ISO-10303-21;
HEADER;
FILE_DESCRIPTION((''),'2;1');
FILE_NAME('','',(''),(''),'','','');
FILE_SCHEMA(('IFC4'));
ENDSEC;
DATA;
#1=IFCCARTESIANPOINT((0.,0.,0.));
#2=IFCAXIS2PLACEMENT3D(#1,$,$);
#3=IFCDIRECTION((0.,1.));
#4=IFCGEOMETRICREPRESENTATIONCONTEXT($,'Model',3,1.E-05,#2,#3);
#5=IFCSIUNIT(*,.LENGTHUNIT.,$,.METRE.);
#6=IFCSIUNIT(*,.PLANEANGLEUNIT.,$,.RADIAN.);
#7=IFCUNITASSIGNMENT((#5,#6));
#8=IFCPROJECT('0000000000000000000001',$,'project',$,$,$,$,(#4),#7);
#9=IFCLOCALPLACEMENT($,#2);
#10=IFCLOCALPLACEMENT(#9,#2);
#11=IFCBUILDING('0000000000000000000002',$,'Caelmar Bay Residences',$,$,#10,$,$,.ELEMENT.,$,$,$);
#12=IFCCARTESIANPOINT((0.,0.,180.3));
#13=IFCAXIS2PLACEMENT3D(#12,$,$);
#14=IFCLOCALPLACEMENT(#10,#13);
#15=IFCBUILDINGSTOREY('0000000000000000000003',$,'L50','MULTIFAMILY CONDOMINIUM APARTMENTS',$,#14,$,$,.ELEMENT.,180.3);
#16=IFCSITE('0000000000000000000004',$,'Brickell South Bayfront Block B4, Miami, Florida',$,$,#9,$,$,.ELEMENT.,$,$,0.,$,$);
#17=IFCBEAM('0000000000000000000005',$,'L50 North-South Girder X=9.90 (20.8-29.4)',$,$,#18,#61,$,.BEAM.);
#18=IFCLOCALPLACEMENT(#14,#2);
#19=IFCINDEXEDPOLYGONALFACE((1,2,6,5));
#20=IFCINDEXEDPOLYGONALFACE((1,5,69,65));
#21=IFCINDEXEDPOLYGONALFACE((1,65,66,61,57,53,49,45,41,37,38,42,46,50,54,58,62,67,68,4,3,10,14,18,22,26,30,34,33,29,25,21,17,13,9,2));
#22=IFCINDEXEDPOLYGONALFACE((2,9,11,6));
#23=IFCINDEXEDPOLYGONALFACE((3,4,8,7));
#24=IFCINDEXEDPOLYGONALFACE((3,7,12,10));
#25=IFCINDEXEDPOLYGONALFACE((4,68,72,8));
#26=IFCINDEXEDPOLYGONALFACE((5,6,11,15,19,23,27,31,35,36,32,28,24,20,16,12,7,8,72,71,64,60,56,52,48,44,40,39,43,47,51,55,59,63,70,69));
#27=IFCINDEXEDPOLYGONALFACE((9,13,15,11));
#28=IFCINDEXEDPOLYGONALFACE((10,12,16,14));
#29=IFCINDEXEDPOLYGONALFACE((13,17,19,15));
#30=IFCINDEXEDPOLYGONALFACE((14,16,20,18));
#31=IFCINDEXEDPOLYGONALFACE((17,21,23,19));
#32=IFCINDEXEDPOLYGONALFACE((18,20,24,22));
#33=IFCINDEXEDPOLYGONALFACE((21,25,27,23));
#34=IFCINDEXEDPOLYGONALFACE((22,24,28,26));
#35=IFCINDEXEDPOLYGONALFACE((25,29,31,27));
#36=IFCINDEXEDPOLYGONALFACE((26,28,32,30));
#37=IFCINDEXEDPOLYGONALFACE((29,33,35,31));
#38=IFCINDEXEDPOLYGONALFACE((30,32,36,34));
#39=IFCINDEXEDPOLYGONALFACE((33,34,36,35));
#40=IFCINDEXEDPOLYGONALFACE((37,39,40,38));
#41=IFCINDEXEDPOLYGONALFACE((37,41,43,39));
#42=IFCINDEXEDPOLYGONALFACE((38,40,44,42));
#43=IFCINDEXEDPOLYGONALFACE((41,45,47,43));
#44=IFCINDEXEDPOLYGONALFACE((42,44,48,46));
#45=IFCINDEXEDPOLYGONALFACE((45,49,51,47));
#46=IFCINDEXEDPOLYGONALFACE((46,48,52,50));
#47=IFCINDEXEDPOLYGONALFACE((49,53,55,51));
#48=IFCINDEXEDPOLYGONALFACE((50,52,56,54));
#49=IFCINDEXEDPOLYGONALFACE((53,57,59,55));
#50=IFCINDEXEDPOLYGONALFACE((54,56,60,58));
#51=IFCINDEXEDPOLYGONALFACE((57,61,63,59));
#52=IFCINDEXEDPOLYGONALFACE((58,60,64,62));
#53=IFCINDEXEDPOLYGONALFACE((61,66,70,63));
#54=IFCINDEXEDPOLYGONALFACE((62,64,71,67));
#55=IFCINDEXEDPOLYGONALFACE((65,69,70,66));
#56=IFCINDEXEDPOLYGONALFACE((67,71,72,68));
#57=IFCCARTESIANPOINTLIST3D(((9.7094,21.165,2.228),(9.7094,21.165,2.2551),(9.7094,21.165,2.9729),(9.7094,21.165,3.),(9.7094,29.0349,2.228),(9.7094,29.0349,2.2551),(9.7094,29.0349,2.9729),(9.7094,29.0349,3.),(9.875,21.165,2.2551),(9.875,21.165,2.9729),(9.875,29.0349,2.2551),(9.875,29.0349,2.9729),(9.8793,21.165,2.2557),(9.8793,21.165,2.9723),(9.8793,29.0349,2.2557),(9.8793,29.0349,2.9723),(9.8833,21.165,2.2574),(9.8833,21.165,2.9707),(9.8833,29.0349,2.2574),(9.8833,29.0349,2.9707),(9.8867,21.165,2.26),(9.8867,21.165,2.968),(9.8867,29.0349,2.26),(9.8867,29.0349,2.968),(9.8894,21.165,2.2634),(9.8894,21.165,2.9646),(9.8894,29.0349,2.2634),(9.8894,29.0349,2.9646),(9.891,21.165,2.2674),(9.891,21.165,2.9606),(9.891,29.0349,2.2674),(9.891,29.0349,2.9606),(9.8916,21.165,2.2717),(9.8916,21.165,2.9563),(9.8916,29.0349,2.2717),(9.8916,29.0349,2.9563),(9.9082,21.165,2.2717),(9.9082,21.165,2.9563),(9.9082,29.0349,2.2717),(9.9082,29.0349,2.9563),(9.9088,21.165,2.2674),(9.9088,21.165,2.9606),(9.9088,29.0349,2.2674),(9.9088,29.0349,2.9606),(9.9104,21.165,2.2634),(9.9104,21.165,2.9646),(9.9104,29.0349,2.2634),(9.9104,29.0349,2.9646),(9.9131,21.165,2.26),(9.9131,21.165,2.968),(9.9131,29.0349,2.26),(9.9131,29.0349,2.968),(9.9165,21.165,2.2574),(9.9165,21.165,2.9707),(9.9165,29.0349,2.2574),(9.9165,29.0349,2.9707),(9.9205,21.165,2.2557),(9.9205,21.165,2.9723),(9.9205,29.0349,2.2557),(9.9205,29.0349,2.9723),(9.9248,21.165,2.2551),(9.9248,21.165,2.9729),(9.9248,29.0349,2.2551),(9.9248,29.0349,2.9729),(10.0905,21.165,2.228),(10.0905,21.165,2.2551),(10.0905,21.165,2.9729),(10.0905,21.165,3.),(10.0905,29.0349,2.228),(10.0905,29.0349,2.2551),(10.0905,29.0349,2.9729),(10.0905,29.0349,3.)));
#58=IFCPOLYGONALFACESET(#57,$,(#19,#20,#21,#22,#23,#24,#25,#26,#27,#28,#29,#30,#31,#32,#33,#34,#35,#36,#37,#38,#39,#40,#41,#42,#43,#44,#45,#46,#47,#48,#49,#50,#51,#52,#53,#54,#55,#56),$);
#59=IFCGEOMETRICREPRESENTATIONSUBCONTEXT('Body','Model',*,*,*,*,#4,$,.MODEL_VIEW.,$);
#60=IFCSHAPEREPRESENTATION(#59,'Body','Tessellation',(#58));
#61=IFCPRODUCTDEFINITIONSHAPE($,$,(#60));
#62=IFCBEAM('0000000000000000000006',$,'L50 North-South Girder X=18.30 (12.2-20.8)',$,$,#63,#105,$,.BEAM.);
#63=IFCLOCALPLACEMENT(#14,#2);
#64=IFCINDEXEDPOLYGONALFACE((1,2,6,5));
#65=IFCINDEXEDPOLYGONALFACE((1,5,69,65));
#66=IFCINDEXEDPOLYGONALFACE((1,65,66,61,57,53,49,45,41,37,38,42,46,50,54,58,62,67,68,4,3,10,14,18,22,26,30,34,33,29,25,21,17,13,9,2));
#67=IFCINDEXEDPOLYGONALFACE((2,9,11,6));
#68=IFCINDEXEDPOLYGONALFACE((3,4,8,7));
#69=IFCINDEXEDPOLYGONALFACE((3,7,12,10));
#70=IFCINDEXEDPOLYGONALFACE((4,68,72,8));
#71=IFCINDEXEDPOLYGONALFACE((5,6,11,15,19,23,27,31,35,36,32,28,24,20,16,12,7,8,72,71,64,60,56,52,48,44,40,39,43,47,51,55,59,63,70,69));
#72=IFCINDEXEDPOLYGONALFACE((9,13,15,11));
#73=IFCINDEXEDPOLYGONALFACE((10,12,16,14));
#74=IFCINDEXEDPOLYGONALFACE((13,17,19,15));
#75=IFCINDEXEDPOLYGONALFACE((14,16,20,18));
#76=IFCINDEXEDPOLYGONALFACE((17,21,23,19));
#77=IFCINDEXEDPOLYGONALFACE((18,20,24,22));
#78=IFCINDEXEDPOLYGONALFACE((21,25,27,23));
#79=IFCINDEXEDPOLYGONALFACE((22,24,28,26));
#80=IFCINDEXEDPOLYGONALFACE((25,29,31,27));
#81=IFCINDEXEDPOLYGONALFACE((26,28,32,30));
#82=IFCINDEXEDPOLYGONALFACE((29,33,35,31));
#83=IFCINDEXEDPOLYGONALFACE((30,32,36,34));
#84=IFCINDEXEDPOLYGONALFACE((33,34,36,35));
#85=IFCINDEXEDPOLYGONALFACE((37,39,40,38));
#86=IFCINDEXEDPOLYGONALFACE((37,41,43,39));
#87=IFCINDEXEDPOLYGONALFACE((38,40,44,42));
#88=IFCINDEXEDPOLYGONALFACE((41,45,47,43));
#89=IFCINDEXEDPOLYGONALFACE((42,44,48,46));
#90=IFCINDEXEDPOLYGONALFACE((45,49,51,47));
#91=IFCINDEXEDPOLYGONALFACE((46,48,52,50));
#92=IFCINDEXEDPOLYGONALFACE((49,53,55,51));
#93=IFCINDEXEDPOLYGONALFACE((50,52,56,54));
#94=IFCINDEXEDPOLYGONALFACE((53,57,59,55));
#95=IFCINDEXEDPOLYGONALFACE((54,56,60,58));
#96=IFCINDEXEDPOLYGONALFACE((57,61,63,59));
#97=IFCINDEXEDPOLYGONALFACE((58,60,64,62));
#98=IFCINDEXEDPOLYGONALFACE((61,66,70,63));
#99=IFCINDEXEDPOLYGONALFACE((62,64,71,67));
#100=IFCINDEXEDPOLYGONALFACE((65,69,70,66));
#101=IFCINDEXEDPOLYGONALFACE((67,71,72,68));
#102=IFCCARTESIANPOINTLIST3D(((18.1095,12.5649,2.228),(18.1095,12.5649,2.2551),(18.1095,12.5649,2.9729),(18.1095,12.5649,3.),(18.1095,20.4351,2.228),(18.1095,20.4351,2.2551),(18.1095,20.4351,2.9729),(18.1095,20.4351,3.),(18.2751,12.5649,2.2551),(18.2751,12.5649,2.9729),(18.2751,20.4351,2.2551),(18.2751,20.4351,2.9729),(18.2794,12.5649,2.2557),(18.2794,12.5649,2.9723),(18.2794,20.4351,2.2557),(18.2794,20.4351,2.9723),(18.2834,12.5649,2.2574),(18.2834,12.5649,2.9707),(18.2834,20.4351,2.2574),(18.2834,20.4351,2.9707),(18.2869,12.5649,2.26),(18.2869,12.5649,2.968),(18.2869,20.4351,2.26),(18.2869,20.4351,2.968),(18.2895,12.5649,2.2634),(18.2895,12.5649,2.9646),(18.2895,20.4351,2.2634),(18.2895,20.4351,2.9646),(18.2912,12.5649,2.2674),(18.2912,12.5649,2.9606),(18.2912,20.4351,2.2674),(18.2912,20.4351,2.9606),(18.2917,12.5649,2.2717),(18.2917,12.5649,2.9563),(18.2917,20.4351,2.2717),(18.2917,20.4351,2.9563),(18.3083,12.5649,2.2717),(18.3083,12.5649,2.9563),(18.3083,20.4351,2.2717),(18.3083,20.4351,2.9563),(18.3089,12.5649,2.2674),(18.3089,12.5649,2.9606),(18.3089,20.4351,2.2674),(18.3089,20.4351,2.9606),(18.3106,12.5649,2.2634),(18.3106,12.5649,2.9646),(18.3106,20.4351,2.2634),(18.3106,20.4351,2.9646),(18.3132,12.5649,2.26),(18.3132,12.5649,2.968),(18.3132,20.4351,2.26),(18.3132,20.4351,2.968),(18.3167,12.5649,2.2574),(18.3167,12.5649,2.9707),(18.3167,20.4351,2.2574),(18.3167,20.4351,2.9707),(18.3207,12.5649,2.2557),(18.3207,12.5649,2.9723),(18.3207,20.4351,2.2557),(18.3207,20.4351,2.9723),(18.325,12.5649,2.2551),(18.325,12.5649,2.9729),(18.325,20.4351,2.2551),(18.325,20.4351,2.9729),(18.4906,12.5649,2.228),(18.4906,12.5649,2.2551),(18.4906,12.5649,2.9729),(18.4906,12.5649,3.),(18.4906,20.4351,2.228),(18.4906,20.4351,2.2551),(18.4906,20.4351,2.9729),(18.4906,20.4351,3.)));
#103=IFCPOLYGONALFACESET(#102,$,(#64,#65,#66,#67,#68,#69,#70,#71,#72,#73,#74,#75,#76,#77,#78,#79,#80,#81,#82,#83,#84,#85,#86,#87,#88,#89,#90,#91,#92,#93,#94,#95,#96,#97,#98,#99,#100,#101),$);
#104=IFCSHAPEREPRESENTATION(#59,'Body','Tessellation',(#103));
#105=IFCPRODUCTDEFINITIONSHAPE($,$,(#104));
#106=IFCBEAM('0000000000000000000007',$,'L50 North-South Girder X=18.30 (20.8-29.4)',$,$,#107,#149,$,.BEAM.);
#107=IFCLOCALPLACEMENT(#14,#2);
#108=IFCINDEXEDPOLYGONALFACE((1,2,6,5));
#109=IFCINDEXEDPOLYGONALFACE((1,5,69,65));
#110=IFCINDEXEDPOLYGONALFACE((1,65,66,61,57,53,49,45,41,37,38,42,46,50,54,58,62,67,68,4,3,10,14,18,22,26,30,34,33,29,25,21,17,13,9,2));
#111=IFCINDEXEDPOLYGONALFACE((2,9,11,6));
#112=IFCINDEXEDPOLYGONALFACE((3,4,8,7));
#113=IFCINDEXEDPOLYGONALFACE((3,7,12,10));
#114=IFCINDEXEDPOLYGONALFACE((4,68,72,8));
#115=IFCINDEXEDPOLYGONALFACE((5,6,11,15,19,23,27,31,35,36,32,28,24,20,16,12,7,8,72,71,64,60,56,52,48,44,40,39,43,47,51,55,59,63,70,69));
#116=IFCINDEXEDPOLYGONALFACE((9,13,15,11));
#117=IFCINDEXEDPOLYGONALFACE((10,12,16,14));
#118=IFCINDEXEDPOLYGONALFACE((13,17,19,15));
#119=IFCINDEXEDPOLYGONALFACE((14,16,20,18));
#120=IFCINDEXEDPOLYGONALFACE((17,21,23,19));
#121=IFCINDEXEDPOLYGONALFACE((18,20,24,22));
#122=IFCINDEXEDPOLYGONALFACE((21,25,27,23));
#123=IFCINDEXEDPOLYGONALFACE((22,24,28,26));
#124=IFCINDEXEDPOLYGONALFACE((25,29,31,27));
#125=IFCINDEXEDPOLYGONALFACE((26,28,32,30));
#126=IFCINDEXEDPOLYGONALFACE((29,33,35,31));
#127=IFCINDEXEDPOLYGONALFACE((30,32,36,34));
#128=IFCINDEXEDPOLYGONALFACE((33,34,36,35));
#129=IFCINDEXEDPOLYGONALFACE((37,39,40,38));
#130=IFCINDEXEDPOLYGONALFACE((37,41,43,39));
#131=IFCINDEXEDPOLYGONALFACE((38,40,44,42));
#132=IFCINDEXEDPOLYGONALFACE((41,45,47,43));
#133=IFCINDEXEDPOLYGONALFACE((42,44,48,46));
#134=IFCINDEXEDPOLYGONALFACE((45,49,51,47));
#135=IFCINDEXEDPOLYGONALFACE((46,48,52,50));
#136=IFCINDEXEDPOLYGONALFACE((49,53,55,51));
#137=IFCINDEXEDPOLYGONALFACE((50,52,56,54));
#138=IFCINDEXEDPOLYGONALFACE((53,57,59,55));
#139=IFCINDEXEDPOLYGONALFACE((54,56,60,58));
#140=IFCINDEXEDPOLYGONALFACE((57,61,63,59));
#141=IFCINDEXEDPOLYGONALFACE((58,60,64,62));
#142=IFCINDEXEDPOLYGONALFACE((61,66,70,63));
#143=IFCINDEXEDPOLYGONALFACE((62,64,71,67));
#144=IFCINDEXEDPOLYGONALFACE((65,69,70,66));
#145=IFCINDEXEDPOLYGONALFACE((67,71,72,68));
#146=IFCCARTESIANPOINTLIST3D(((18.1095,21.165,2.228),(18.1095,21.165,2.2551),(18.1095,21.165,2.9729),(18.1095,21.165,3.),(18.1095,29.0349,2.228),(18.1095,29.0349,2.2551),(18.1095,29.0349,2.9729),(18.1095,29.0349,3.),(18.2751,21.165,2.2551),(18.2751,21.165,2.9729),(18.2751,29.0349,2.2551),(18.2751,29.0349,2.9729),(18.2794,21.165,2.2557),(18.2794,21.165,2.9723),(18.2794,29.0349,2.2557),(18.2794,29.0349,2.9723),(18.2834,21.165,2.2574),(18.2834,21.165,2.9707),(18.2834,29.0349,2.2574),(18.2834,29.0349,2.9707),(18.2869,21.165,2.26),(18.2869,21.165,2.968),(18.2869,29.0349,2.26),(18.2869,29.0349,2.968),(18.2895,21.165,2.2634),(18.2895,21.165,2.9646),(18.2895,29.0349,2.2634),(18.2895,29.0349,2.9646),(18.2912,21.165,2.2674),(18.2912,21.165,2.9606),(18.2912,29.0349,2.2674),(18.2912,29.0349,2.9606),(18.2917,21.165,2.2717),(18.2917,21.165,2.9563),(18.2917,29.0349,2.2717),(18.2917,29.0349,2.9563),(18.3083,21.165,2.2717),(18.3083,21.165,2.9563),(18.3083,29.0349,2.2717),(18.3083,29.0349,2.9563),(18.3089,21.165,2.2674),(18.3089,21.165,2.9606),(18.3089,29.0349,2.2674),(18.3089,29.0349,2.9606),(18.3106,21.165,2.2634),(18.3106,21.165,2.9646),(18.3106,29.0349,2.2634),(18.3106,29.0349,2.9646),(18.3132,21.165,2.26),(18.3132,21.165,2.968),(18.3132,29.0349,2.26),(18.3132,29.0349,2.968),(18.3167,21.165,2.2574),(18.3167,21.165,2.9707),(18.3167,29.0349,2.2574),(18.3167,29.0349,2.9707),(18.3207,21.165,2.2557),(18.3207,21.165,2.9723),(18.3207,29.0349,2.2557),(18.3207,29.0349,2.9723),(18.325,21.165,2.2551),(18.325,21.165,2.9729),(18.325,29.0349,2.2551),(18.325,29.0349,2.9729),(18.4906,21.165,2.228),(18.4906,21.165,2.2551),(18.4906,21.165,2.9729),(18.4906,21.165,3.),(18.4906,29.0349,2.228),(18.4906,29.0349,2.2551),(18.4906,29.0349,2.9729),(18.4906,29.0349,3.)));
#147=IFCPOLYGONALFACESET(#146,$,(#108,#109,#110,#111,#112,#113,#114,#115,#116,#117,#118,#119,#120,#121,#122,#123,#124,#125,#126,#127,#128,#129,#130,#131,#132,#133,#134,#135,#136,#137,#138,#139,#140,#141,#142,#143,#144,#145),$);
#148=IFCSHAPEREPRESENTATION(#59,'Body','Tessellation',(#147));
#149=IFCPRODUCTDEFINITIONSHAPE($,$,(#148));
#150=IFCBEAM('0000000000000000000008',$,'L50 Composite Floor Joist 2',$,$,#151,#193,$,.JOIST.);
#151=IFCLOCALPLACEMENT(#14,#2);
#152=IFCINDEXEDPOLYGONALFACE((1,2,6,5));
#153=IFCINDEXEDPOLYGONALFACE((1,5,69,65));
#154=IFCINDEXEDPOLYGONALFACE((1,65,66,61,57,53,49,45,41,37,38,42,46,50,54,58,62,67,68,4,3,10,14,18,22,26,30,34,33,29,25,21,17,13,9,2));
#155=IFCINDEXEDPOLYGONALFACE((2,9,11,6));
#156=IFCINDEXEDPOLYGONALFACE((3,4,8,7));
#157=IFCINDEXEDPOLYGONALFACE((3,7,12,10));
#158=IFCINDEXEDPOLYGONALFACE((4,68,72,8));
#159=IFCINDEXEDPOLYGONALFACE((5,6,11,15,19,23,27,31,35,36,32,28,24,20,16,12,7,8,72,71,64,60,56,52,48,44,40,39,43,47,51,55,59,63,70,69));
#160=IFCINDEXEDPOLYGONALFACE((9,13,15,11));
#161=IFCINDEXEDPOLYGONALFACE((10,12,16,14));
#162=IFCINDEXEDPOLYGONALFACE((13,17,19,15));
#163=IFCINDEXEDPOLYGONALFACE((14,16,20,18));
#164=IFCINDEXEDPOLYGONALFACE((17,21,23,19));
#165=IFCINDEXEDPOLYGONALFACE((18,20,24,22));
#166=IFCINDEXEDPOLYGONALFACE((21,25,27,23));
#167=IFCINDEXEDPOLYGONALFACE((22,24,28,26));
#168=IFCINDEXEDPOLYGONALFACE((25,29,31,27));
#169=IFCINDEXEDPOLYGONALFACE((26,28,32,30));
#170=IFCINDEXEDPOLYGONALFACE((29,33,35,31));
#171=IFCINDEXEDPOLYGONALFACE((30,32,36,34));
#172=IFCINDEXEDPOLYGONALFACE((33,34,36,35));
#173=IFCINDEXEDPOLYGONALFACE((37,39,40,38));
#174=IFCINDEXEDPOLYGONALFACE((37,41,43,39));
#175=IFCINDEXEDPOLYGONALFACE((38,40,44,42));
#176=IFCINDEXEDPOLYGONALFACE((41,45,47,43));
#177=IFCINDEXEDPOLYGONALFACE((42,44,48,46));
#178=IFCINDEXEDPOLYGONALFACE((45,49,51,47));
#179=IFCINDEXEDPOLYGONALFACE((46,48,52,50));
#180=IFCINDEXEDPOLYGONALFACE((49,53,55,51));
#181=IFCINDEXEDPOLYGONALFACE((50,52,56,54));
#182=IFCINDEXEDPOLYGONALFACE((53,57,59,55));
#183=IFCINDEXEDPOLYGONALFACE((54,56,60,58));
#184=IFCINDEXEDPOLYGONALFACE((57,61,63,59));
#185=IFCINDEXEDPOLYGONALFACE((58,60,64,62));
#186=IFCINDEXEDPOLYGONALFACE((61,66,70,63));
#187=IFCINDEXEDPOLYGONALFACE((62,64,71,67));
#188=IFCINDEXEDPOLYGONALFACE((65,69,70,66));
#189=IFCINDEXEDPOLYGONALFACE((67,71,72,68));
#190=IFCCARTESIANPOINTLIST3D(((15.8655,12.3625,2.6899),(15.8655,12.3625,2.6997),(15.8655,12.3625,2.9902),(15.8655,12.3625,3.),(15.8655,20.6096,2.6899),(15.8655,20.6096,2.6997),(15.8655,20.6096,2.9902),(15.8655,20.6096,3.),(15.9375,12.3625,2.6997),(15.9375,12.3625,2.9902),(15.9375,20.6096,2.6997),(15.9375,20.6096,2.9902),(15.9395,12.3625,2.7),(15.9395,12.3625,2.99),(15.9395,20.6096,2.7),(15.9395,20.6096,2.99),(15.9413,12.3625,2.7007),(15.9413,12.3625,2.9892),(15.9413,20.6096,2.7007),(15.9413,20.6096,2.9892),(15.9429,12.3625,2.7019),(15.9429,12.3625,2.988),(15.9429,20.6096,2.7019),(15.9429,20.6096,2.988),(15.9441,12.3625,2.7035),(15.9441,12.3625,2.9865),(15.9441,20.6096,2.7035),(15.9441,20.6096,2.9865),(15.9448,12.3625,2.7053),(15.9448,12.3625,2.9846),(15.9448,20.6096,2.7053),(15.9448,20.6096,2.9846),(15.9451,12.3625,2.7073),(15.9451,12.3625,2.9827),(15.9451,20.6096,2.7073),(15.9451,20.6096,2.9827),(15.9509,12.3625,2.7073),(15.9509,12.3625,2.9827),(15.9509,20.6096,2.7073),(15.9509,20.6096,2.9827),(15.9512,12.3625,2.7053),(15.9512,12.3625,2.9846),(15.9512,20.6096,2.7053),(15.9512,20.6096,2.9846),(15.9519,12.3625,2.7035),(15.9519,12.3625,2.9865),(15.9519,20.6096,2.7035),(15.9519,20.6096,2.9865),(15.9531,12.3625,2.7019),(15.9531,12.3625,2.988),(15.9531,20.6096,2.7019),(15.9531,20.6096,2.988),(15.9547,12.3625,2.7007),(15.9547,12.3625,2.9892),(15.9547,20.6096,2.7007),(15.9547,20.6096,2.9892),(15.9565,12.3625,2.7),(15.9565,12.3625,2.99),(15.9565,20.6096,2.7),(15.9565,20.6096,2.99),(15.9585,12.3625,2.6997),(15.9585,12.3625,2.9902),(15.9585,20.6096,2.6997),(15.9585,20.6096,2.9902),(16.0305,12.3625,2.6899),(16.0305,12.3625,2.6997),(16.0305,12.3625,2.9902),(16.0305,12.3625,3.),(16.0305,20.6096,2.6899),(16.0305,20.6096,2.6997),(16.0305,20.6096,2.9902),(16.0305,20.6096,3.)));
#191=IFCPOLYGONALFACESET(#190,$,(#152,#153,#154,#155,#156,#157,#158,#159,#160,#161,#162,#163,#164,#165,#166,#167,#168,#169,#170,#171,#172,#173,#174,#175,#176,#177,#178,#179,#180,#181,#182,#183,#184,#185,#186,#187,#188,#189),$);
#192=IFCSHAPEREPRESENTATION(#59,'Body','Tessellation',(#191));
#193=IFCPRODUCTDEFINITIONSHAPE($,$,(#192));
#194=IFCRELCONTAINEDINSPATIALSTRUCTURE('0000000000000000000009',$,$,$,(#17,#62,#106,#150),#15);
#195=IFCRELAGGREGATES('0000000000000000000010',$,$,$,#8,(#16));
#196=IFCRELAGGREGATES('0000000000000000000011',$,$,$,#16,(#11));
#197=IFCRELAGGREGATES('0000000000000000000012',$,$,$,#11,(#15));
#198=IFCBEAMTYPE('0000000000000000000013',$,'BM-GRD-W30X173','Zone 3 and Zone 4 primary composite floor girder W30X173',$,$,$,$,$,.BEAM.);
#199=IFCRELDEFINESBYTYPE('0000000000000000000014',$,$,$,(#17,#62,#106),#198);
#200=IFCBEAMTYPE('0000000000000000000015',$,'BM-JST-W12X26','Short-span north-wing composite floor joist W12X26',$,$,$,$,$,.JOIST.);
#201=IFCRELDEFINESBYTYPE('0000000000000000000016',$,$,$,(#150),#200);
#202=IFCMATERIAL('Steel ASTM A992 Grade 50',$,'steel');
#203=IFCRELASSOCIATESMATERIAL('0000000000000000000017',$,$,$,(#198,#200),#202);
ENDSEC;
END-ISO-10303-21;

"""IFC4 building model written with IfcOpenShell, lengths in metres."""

from ifc_helpers import new_model, si_unit, direction, frame, origin, origin_2d, place, context, subcontext, project, spatial, i_section, extrude, material, material_profile, profile_set, type_object, element, save


model = new_model("IFC4")

# Units and contexts
model_context = context("Model", 3, precision=1e-05, world=origin(), true_north=direction((0.0, 1.0)))
body_context = subcontext(model_context, "Body", "Model", "MODEL_VIEW")
ifc_project = project(units=[si_unit("LENGTHUNIT", "METRE"), si_unit("PLANEANGLEUNIT", "RADIAN")], contexts=[model_context])

# Site, building, storey
site_placement = place(None, origin())
site = spatial("IfcSite", under=ifc_project, at=site_placement, Name="Brickell South Bayfront Block B4, Miami, Florida", CompositionType="ELEMENT", RefElevation=0.0)
building_placement = place(site_placement, origin())
building = spatial("IfcBuilding", under=site, at=building_placement, Name="Caelmar Bay Residences", CompositionType="ELEMENT")
storey_placement = place(building_placement, frame((0.0, 0.0, 180.3)))
storey = spatial("IfcBuildingStorey", under=building, at=storey_placement, Name="L50", Description="MULTIFAMILY CONDOMINIUM APARTMENTS", CompositionType="ELEMENT", Elevation=180.3)

# Beams
ifc_material_1 = material(Name="Steel ASTM A992 Grade 50", Category="steel")
ifc_material_profile_1 = material_profile(ifc_material_1, i_section(OverallWidth=0.3811, OverallDepth=0.772, WebThickness=0.0166, FlangeThickness=0.0271, FilletRadius=0.0166, at=origin_2d()), Name="W30X173")
ifc_profile_set_1 = profile_set([ifc_material_profile_1], Name="Steel ASTM A992 Grade 50")
beam_type_1 = type_object("IfcBeamType", Name="BM-GRD-W30X173", Description="Zone 3 and Zone 4 primary composite floor girder W30X173", PredefinedType="BEAM", material=ifc_profile_set_1)
beam_1_placement = place(storey_placement, frame((9.8999, 21.165, 2.614), z_axis=(0.0, 1.0, 0.0), x_axis=(-1.0, 0.0, 0.0)))
element("IfcBeam", 1, at=beam_1_placement, inside=storey, type_object=beam_type_1, Name="L50 North-South Girder X=9.90 (20.8-29.4)", PredefinedType="BEAM", context=body_context, shape_type="SweptSolid", body=[
    extrude(i_section(OverallWidth=0.3811, OverallDepth=0.772, WebThickness=0.0166, FlangeThickness=0.0271, FilletRadius=0.0166, at=origin_2d()), origin(), (0.0, 0.0, 1.0), 7.8699),
])
beam_2_placement = place(storey_placement, frame((18.3, 12.5649, 2.614), z_axis=(0.0, 1.0, 0.0), x_axis=(-1.0, 0.0, 0.0)))
element("IfcBeam", 2, at=beam_2_placement, inside=storey, type_object=beam_type_1, Name="L50 North-South Girder X=18.30 (12.2-20.8)", PredefinedType="BEAM", context=body_context, shape_type="SweptSolid", body=[
    extrude(i_section(OverallWidth=0.3811, OverallDepth=0.772, WebThickness=0.0166, FlangeThickness=0.0271, FilletRadius=0.0166, at=origin_2d()), origin(), (0.0, 0.0, 1.0), 7.8701),
])
beam_3_placement = place(storey_placement, frame((18.3, 21.165, 2.614), z_axis=(0.0, 1.0, 0.0), x_axis=(-1.0, 0.0, 0.0)))
element("IfcBeam", 3, at=beam_3_placement, inside=storey, type_object=beam_type_1, Name="L50 North-South Girder X=18.30 (20.8-29.4)", PredefinedType="BEAM", context=body_context, shape_type="SweptSolid", body=[
    extrude(i_section(OverallWidth=0.3811, OverallDepth=0.772, WebThickness=0.0166, FlangeThickness=0.0271, FilletRadius=0.0166, at=origin_2d()), origin(), (0.0, 0.0, 1.0), 7.8699),
])
ifc_material_profile_2 = material_profile(ifc_material_1, i_section(OverallWidth=0.165, OverallDepth=0.3101, WebThickness=0.0059, FlangeThickness=0.0098, FilletRadius=0.0076, at=origin_2d()), Name="W12X26")
ifc_profile_set_2 = profile_set([ifc_material_profile_2], Name="Steel ASTM A992 Grade 50")
beam_type_2 = type_object("IfcBeamType", Name="BM-JST-W12X26", Description="Short-span north-wing composite floor joist W12X26", PredefinedType="JOIST", material=ifc_profile_set_2)
beam_4_placement = place(storey_placement, frame((15.948, 12.3625, 2.845), z_axis=(0.0, 1.0, 0.0), x_axis=(-1.0, 0.0, 0.0)))
element("IfcBeam", 4, at=beam_4_placement, inside=storey, type_object=beam_type_2, Name="L50 Composite Floor Joist 2", PredefinedType="JOIST", context=body_context, shape_type="SweptSolid", body=[
    extrude(i_section(OverallWidth=0.165, OverallDepth=0.3101, WebThickness=0.0059, FlangeThickness=0.0098, FilletRadius=0.0076, at=origin_2d()), origin(), (0.0, 0.0, 1.0), 8.2471),
])

save(model, "model.ifc")
